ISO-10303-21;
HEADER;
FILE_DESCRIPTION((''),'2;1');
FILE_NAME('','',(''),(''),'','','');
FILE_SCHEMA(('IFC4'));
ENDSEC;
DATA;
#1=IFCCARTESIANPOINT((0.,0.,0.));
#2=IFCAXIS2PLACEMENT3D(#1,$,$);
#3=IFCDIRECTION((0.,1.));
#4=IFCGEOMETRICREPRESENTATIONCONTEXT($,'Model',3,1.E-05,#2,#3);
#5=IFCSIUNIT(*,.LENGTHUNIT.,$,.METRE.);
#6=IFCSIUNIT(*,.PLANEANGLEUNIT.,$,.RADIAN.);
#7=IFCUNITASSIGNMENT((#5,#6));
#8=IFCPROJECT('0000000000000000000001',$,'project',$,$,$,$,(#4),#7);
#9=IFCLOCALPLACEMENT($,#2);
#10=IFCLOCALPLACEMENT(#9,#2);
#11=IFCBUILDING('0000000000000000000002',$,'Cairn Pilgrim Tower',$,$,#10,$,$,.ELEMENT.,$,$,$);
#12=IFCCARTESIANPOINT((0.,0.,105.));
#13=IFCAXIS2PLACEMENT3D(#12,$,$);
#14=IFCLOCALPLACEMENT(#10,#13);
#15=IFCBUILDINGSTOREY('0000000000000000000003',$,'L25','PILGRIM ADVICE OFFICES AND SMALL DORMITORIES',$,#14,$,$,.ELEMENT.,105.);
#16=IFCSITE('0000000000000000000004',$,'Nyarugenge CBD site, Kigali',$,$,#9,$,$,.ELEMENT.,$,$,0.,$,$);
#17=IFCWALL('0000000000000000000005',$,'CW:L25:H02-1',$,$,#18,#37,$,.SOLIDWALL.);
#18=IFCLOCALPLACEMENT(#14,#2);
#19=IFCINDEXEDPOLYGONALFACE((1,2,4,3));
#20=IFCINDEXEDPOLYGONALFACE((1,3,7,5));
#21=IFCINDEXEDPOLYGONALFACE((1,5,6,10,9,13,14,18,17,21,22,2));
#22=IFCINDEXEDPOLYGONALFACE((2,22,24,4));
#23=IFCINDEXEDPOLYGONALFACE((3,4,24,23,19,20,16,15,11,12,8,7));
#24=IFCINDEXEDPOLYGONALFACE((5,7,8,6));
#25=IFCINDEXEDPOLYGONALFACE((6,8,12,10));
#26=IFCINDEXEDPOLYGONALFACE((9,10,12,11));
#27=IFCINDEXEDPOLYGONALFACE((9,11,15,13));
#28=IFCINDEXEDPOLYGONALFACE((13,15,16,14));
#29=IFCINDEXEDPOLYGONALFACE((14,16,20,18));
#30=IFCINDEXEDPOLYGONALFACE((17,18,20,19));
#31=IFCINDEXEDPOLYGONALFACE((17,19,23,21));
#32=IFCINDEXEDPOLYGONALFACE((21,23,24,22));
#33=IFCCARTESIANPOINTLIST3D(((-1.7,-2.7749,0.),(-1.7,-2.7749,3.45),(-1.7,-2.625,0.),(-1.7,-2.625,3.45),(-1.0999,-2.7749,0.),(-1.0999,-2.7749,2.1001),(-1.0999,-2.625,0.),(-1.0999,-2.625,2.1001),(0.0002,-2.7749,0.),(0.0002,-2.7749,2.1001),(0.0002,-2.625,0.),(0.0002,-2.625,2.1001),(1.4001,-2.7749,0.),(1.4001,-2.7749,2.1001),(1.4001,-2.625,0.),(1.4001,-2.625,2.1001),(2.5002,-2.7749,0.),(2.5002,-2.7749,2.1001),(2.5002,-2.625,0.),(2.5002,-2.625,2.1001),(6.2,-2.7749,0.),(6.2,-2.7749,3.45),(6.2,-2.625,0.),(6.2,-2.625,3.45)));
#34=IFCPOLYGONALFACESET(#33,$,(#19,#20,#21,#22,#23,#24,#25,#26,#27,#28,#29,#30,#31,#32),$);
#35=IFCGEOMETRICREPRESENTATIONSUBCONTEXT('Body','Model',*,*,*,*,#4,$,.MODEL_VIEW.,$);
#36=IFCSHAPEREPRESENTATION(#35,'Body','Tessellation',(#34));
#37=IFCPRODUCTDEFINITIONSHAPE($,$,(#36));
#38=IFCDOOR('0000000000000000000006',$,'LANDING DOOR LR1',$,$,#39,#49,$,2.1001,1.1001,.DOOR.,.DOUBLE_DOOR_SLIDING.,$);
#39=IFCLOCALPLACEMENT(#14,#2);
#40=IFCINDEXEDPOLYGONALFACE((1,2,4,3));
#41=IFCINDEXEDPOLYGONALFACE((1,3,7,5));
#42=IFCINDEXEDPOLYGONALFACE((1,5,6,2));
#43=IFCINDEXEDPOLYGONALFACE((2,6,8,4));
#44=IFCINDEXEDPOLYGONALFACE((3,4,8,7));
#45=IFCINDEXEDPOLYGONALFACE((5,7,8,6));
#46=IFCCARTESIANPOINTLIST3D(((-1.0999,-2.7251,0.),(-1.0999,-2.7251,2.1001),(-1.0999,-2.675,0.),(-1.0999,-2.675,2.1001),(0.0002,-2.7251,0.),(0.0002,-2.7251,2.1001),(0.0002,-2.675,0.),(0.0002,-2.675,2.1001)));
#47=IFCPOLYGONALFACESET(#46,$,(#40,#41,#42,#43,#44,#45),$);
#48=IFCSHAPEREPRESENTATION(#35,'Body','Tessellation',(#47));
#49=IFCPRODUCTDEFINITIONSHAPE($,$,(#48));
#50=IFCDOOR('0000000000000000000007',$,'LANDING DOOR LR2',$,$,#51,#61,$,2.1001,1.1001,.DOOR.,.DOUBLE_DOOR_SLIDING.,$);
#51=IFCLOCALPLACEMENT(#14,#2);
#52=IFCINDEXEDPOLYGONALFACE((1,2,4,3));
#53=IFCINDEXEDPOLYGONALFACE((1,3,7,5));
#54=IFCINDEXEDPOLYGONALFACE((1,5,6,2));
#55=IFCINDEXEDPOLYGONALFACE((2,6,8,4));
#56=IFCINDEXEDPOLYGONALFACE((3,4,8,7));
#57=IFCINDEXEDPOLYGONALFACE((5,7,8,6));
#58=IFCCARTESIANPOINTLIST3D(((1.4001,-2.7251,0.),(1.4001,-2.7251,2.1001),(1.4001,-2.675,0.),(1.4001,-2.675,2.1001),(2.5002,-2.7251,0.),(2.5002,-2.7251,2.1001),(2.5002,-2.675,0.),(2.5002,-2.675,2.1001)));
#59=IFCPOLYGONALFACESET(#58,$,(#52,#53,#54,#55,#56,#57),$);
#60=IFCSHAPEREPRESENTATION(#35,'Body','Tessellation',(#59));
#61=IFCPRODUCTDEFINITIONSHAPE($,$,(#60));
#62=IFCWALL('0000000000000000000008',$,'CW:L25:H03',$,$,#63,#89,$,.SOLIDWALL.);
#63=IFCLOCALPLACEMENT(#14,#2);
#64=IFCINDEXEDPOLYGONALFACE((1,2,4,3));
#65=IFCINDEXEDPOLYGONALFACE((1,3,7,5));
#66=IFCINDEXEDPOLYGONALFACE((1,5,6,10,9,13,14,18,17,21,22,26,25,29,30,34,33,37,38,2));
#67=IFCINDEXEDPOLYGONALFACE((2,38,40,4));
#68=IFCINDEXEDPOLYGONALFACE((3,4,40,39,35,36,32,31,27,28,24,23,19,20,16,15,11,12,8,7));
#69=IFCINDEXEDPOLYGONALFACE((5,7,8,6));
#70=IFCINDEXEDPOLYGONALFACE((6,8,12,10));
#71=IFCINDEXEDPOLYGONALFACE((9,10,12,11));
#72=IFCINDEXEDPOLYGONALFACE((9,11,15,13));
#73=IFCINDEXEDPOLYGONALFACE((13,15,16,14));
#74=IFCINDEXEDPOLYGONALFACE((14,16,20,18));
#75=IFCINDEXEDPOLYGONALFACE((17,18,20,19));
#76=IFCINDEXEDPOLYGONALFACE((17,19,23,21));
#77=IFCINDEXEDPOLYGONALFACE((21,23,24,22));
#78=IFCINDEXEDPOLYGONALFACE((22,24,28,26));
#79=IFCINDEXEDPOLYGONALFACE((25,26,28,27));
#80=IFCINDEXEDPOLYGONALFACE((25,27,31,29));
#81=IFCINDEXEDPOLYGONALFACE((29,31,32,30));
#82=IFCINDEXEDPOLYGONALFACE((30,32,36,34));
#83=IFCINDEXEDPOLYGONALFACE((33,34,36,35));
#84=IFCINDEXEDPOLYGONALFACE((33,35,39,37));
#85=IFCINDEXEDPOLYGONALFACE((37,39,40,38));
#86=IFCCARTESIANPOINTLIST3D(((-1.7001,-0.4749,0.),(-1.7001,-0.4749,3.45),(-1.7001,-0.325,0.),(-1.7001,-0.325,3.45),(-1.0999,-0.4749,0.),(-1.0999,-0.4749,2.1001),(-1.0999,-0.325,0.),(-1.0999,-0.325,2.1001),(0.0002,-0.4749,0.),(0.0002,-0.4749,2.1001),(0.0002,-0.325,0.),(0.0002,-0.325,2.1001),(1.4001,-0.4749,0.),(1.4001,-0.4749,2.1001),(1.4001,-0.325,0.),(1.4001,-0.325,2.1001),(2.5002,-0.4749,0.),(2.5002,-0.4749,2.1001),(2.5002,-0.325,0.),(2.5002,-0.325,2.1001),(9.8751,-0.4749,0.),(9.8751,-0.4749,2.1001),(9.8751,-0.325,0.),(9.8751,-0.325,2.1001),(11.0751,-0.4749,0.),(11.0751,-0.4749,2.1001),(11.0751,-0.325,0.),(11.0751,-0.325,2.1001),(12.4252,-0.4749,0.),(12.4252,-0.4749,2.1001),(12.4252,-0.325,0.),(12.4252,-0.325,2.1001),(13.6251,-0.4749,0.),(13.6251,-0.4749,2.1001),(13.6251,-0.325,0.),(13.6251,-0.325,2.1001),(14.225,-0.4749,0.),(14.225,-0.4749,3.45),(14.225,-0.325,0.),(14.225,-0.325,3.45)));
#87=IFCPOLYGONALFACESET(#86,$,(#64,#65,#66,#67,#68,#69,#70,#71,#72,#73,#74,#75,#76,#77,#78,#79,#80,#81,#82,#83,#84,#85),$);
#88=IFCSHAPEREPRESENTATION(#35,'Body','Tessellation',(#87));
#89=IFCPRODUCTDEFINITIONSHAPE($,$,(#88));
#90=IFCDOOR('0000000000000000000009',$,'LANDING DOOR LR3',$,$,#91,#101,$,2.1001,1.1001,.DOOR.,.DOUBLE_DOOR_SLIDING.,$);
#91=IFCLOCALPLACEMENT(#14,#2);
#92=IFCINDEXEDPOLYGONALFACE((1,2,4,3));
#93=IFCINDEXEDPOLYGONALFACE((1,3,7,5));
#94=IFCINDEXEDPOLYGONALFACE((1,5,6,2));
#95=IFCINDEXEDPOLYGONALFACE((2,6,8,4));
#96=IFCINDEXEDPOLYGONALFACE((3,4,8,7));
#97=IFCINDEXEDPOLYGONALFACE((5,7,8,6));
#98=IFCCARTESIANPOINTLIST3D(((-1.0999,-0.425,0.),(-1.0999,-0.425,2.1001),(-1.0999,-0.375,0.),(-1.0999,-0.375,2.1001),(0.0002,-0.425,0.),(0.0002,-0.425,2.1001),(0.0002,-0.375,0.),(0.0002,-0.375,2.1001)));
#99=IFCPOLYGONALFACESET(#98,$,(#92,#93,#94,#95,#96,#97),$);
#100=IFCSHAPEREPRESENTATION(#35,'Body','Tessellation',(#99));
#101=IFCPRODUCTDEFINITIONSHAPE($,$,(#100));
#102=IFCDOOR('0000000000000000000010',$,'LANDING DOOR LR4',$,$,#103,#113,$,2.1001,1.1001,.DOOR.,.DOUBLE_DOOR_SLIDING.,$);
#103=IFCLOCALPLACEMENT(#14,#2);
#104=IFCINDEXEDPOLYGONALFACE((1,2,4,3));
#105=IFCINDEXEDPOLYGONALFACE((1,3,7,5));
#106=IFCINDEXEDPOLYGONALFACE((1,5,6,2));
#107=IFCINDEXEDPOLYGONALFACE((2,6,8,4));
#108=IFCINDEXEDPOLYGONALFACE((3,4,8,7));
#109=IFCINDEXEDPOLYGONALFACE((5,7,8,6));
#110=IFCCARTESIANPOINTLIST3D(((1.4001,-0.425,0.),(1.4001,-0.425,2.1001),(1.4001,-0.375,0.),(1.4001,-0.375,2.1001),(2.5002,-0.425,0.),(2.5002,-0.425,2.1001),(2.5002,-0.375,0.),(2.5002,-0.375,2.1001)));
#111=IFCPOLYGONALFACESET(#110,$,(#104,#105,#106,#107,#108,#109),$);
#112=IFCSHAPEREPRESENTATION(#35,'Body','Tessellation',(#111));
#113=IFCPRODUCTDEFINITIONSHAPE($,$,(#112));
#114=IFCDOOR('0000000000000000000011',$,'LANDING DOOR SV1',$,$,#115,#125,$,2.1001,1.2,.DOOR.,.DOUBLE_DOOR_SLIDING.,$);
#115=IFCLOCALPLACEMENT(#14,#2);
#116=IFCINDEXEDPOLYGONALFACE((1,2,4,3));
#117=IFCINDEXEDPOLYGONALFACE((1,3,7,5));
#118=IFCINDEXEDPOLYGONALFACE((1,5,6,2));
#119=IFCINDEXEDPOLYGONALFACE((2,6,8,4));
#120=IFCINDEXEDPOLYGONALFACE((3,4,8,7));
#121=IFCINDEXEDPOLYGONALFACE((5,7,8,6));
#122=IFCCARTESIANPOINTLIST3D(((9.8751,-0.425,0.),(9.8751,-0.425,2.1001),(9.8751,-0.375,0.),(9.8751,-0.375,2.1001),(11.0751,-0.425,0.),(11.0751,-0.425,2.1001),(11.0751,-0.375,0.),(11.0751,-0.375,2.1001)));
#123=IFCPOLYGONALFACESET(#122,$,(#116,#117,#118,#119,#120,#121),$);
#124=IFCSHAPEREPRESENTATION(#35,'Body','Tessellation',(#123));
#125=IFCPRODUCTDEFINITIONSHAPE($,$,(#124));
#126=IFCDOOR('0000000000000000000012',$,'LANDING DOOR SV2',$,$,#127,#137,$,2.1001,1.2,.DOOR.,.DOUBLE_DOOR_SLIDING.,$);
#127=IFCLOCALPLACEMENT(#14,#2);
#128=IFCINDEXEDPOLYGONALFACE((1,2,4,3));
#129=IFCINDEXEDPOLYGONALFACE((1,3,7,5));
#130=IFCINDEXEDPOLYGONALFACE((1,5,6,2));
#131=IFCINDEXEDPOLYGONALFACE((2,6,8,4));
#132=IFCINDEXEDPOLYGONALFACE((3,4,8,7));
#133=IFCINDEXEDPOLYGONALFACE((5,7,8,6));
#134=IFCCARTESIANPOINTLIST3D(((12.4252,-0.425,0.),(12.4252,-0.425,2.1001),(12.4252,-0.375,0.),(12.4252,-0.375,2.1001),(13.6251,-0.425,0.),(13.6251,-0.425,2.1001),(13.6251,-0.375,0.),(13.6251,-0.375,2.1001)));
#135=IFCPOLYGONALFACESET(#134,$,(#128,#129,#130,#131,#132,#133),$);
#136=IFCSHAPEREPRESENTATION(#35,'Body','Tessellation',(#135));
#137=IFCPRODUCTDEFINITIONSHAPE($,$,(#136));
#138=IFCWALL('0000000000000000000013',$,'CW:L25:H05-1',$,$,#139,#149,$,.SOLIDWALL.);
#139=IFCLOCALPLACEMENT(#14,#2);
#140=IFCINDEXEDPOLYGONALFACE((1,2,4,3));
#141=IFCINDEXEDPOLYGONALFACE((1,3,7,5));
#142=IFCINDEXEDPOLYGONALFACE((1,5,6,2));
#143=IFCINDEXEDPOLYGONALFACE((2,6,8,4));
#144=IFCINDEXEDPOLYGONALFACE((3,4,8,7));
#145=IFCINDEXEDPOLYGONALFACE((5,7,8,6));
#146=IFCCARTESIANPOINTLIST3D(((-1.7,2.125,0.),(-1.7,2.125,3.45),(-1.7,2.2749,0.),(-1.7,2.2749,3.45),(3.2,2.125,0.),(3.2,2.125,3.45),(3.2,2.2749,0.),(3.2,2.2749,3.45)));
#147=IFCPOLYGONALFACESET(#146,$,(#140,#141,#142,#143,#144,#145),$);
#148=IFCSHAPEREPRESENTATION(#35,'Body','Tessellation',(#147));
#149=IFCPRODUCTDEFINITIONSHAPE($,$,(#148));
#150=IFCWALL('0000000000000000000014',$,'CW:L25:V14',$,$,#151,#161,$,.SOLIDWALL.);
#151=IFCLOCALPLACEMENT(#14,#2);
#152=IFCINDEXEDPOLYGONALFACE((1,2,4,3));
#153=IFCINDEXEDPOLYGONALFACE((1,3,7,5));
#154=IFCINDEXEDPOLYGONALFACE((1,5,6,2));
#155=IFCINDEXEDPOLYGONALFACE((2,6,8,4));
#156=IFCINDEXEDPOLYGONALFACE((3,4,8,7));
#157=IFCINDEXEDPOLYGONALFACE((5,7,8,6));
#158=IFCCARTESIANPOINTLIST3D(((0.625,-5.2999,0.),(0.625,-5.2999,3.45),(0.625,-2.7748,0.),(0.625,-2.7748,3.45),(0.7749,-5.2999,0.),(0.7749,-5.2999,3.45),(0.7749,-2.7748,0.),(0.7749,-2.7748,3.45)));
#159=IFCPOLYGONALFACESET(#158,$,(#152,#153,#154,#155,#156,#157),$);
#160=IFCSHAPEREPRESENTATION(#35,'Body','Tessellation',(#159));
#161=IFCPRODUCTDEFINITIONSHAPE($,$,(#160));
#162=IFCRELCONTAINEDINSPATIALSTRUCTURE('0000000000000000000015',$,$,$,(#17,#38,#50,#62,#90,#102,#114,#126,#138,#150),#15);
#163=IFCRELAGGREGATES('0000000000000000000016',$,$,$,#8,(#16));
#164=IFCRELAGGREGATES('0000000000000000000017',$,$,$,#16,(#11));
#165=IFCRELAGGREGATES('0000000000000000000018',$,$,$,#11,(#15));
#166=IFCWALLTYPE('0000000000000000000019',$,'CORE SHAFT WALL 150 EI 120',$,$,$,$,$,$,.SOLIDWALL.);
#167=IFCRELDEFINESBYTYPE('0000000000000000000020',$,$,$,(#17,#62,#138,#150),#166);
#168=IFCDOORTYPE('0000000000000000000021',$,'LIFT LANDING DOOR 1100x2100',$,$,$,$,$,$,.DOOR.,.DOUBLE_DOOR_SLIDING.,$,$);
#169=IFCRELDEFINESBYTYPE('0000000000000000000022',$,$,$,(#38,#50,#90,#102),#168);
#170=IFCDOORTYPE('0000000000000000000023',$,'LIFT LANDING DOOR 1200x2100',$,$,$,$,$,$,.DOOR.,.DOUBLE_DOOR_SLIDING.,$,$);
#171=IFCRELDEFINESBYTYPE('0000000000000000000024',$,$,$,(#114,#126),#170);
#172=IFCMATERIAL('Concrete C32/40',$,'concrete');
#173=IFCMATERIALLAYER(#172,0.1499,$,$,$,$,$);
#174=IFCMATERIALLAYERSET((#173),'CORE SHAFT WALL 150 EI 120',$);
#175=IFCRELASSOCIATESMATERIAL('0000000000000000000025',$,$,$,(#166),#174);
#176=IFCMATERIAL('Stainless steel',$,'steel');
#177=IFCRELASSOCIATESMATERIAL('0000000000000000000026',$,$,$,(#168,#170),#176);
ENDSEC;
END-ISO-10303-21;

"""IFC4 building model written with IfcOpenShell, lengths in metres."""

from ifc_helpers import new_model, si_unit, direction, frame, frame_2d, origin, place, context, subcontext, project, spatial, rectangle, extrude, material, layer, layer_set, type_object, element, fill, save


model = new_model("IFC4")

# Units and contexts
model_context = context("Model", 3, precision=1e-05, world=origin(), true_north=direction((0.0, 1.0)))
body_context = subcontext(model_context, "Body", "Model", "MODEL_VIEW")
ifc_project = project(units=[si_unit("LENGTHUNIT", "METRE"), si_unit("PLANEANGLEUNIT", "RADIAN")], contexts=[model_context])

# Site, building, storey
site_placement = place(None, origin())
site = spatial("IfcSite", under=ifc_project, at=site_placement, Name="Nyarugenge CBD site, Kigali", CompositionType="ELEMENT", RefElevation=0.0)
building_placement = place(site_placement, origin())
building = spatial("IfcBuilding", under=site, at=building_placement, Name="Cairn Pilgrim Tower", CompositionType="ELEMENT")
storey_placement = place(building_placement, frame((0.0, 0.0, 105.0)))
storey = spatial("IfcBuildingStorey", under=building, at=storey_placement, Name="L25", Description="PILGRIM ADVICE OFFICES AND SMALL DORMITORIES", CompositionType="ELEMENT", Elevation=105.0)

# Shared definitions
ifc_material_1 = material(Name="Concrete C32/40", Category="concrete")

# Walls, openings, doors
ifc_layer_1 = layer(ifc_material_1, 0.1499)
ifc_layer_set_1 = layer_set([ifc_layer_1], Name="CORE SHAFT WALL 150 EI 120")
wall_type_1 = type_object("IfcWallType", Name="CORE SHAFT WALL 150 EI 120", PredefinedType="SOLIDWALL", material=ifc_layer_set_1)
wall_1_placement = place(storey_placement, frame((-1.7, -2.7, 0.0), z_axis=(0.0, 0.0, 1.0), x_axis=(1.0, 0.0, 0.0)))
wall_1 = element("IfcWall", 1, at=wall_1_placement, inside=storey, type_object=wall_type_1, Name="CW:L25:H02-1", PredefinedType="SOLIDWALL", context=body_context, shape_type="SweptSolid", body=[
    extrude(rectangle(XDim=7.8999, YDim=0.1499, at=frame_2d((3.95, 0.0))), origin(), (0.0, 0.0, 1.0), 3.45),
])
opening_1_placement = place(wall_1_placement, frame((0.6001, 0.0, 0.0)))
opening_1 = element("IfcOpeningElement", 2, at=opening_1_placement, cuts=wall_1, PredefinedType="OPENING", context=body_context, shape_type="SweptSolid", body=[
    extrude(rectangle(XDim=1.1001, YDim=2.1001, at=frame_2d((0.55, 1.05))), frame((0.0, 0.085, 0.0), z_axis=(0.0, -1.0, 0.0), x_axis=(1.0, 0.0, 0.0)), (0.0, 0.0, 1.0), 0.1699),
])
opening_2_placement = place(wall_1_placement, frame((3.1001, 0.0, 0.0)))
opening_2 = element("IfcOpeningElement", 3, at=opening_2_placement, cuts=wall_1, PredefinedType="OPENING", context=body_context, shape_type="SweptSolid", body=[
    extrude(rectangle(XDim=1.1001, YDim=2.1001, at=frame_2d((0.55, 1.05))), frame((0.0, 0.085, 0.0), z_axis=(0.0, -1.0, 0.0), x_axis=(1.0, 0.0, 0.0)), (0.0, 0.0, 1.0), 0.1699),
])
ifc_material_2 = material(Name="Stainless steel", Category="steel")
door_type_1 = type_object("IfcDoorType", Name="LIFT LANDING DOOR 1100x2100", OperationType="DOUBLE_DOOR_SLIDING", PredefinedType="DOOR", material=ifc_material_2)
door_1_placement = place(opening_1_placement, origin())
door_1 = element("IfcDoor", 4, at=door_1_placement, inside=storey, type_object=door_type_1, Name="LANDING DOOR LR1", OperationType="DOUBLE_DOOR_SLIDING", OverallHeight=2.1001, OverallWidth=1.1001, PredefinedType="DOOR", context=body_context, shape_type="SweptSolid", body=[
    extrude(rectangle(XDim=1.1001, YDim=2.1001, at=frame_2d((0.55, 1.05))), frame((0.0, 0.0249, 0.0), z_axis=(0.0, -1.0, 0.0), x_axis=(1.0, 0.0, 0.0)), (0.0, 0.0, 1.0), 0.05),
])
fill(opening_1, door_1)
door_2_placement = place(opening_2_placement, origin())
door_2 = element("IfcDoor", 5, at=door_2_placement, inside=storey, type_object=door_type_1, Name="LANDING DOOR LR2", OperationType="DOUBLE_DOOR_SLIDING", OverallHeight=2.1001, OverallWidth=1.1001, PredefinedType="DOOR", context=body_context, shape_type="SweptSolid", body=[
    extrude(rectangle(XDim=1.1001, YDim=2.1001, at=frame_2d((0.55, 1.05))), frame((0.0, 0.0249, 0.0), z_axis=(0.0, -1.0, 0.0), x_axis=(1.0, 0.0, 0.0)), (0.0, 0.0, 1.0), 0.05),
])
fill(opening_2, door_2)
wall_2_placement = place(storey_placement, frame((-1.7, -0.3999, 0.0), z_axis=(0.0, 0.0, 1.0), x_axis=(1.0, 0.0, 0.0)))
wall_2 = element("IfcWall", 6, at=wall_2_placement, inside=storey, type_object=wall_type_1, Name="CW:L25:H03", PredefinedType="SOLIDWALL", context=body_context, shape_type="SweptSolid", body=[
    extrude(rectangle(XDim=15.925, YDim=0.1499, at=frame_2d((7.9624, 0.0))), origin(), (0.0, 0.0, 1.0), 3.45),
])
opening_3_placement = place(wall_2_placement, frame((0.6001, 0.0, 0.0)))
opening_3 = element("IfcOpeningElement", 7, at=opening_3_placement, cuts=wall_2, PredefinedType="OPENING", context=body_context, shape_type="SweptSolid", body=[
    extrude(rectangle(XDim=1.1001, YDim=2.1001, at=frame_2d((0.55, 1.05))), frame((0.0, 0.085, 0.0), z_axis=(0.0, -1.0, 0.0), x_axis=(1.0, 0.0, 0.0)), (0.0, 0.0, 1.0), 0.1699),
])
opening_4_placement = place(wall_2_placement, frame((3.1001, 0.0, 0.0)))
opening_4 = element("IfcOpeningElement", 8, at=opening_4_placement, cuts=wall_2, PredefinedType="OPENING", context=body_context, shape_type="SweptSolid", body=[
    extrude(rectangle(XDim=1.1001, YDim=2.1001, at=frame_2d((0.55, 1.05))), frame((0.0, 0.085, 0.0), z_axis=(0.0, -1.0, 0.0), x_axis=(1.0, 0.0, 0.0)), (0.0, 0.0, 1.0), 0.1699),
])
opening_5_placement = place(wall_2_placement, frame((11.575, 0.0, 0.0)))
opening_5 = element("IfcOpeningElement", 9, at=opening_5_placement, cuts=wall_2, PredefinedType="OPENING", context=body_context, shape_type="SweptSolid", body=[
    extrude(rectangle(XDim=1.2, YDim=2.1001, at=frame_2d((0.6001, 1.05))), frame((0.0, 0.085, 0.0), z_axis=(0.0, -1.0, 0.0), x_axis=(1.0, 0.0, 0.0)), (0.0, 0.0, 1.0), 0.1699),
])
opening_6_placement = place(wall_2_placement, frame((14.125, 0.0, 0.0)))
opening_6 = element("IfcOpeningElement", 10, at=opening_6_placement, cuts=wall_2, PredefinedType="OPENING", context=body_context, shape_type="SweptSolid", body=[
    extrude(rectangle(XDim=1.2, YDim=2.1001, at=frame_2d((0.6001, 1.05))), frame((0.0, 0.085, 0.0), z_axis=(0.0, -1.0, 0.0), x_axis=(1.0, 0.0, 0.0)), (0.0, 0.0, 1.0), 0.1699),
])
door_3_placement = place(opening_3_placement, origin())
door_3 = element("IfcDoor", 11, at=door_3_placement, inside=storey, type_object=door_type_1, Name="LANDING DOOR LR3", OperationType="DOUBLE_DOOR_SLIDING", OverallHeight=2.1001, OverallWidth=1.1001, PredefinedType="DOOR", context=body_context, shape_type="SweptSolid", body=[
    extrude(rectangle(XDim=1.1001, YDim=2.1001, at=frame_2d((0.55, 1.05))), frame((0.0, 0.0249, 0.0), z_axis=(0.0, -1.0, 0.0), x_axis=(1.0, 0.0, 0.0)), (0.0, 0.0, 1.0), 0.05),
])
fill(opening_3, door_3)
door_4_placement = place(opening_4_placement, origin())
door_4 = element("IfcDoor", 12, at=door_4_placement, inside=storey, type_object=door_type_1, Name="LANDING DOOR LR4", OperationType="DOUBLE_DOOR_SLIDING", OverallHeight=2.1001, OverallWidth=1.1001, PredefinedType="DOOR", context=body_context, shape_type="SweptSolid", body=[
    extrude(rectangle(XDim=1.1001, YDim=2.1001, at=frame_2d((0.55, 1.05))), frame((0.0, 0.0249, 0.0), z_axis=(0.0, -1.0, 0.0), x_axis=(1.0, 0.0, 0.0)), (0.0, 0.0, 1.0), 0.05),
])
fill(opening_4, door_4)
door_type_2 = type_object("IfcDoorType", Name="LIFT LANDING DOOR 1200x2100", OperationType="DOUBLE_DOOR_SLIDING", PredefinedType="DOOR", material=ifc_material_2)
door_5_placement = place(opening_5_placement, origin())
door_5 = element("IfcDoor", 13, at=door_5_placement, inside=storey, type_object=door_type_2, Name="LANDING DOOR SV1", OperationType="DOUBLE_DOOR_SLIDING", OverallHeight=2.1001, OverallWidth=1.2, PredefinedType="DOOR", context=body_context, shape_type="SweptSolid", body=[
    extrude(rectangle(XDim=1.2, YDim=2.1001, at=frame_2d((0.6001, 1.05))), frame((0.0, 0.0249, 0.0), z_axis=(0.0, -1.0, 0.0), x_axis=(1.0, 0.0, 0.0)), (0.0, 0.0, 1.0), 0.05),
])
fill(opening_5, door_5)
door_6_placement = place(opening_6_placement, origin())
door_6 = element("IfcDoor", 14, at=door_6_placement, inside=storey, type_object=door_type_2, Name="LANDING DOOR SV2", OperationType="DOUBLE_DOOR_SLIDING", OverallHeight=2.1001, OverallWidth=1.2, PredefinedType="DOOR", context=body_context, shape_type="SweptSolid", body=[
    extrude(rectangle(XDim=1.2, YDim=2.1001, at=frame_2d((0.6001, 1.05))), frame((0.0, 0.0249, 0.0), z_axis=(0.0, -1.0, 0.0), x_axis=(1.0, 0.0, 0.0)), (0.0, 0.0, 1.0), 0.05),
])
fill(opening_6, door_6)

# Walls
wall_3_placement = place(storey_placement, frame((-1.7, 2.2, 0.0), z_axis=(0.0, 0.0, 1.0), x_axis=(1.0, 0.0, 0.0)))
element("IfcWall", 15, at=wall_3_placement, inside=storey, type_object=wall_type_1, Name="CW:L25:H05-1", PredefinedType="SOLIDWALL", context=body_context, shape_type="SweptSolid", body=[
    extrude(rectangle(XDim=4.8999, YDim=0.1499, at=frame_2d((2.45, 0.0))), origin(), (0.0, 0.0, 1.0), 3.45),
])
wall_4_placement = place(storey_placement, frame((0.7, -5.3, 0.0), z_axis=(0.0, 0.0, 1.0), x_axis=(0.0, 1.0, 0.0)))
element("IfcWall", 16, at=wall_4_placement, inside=storey, type_object=wall_type_1, Name="CW:L25:V14", PredefinedType="SOLIDWALL", context=body_context, shape_type="SweptSolid", body=[
    extrude(rectangle(XDim=2.5251, YDim=0.1499, at=frame_2d((1.2627, 0.0))), origin(), (0.0, 0.0, 1.0), 3.45),
])

save(model, "model.ifc")
